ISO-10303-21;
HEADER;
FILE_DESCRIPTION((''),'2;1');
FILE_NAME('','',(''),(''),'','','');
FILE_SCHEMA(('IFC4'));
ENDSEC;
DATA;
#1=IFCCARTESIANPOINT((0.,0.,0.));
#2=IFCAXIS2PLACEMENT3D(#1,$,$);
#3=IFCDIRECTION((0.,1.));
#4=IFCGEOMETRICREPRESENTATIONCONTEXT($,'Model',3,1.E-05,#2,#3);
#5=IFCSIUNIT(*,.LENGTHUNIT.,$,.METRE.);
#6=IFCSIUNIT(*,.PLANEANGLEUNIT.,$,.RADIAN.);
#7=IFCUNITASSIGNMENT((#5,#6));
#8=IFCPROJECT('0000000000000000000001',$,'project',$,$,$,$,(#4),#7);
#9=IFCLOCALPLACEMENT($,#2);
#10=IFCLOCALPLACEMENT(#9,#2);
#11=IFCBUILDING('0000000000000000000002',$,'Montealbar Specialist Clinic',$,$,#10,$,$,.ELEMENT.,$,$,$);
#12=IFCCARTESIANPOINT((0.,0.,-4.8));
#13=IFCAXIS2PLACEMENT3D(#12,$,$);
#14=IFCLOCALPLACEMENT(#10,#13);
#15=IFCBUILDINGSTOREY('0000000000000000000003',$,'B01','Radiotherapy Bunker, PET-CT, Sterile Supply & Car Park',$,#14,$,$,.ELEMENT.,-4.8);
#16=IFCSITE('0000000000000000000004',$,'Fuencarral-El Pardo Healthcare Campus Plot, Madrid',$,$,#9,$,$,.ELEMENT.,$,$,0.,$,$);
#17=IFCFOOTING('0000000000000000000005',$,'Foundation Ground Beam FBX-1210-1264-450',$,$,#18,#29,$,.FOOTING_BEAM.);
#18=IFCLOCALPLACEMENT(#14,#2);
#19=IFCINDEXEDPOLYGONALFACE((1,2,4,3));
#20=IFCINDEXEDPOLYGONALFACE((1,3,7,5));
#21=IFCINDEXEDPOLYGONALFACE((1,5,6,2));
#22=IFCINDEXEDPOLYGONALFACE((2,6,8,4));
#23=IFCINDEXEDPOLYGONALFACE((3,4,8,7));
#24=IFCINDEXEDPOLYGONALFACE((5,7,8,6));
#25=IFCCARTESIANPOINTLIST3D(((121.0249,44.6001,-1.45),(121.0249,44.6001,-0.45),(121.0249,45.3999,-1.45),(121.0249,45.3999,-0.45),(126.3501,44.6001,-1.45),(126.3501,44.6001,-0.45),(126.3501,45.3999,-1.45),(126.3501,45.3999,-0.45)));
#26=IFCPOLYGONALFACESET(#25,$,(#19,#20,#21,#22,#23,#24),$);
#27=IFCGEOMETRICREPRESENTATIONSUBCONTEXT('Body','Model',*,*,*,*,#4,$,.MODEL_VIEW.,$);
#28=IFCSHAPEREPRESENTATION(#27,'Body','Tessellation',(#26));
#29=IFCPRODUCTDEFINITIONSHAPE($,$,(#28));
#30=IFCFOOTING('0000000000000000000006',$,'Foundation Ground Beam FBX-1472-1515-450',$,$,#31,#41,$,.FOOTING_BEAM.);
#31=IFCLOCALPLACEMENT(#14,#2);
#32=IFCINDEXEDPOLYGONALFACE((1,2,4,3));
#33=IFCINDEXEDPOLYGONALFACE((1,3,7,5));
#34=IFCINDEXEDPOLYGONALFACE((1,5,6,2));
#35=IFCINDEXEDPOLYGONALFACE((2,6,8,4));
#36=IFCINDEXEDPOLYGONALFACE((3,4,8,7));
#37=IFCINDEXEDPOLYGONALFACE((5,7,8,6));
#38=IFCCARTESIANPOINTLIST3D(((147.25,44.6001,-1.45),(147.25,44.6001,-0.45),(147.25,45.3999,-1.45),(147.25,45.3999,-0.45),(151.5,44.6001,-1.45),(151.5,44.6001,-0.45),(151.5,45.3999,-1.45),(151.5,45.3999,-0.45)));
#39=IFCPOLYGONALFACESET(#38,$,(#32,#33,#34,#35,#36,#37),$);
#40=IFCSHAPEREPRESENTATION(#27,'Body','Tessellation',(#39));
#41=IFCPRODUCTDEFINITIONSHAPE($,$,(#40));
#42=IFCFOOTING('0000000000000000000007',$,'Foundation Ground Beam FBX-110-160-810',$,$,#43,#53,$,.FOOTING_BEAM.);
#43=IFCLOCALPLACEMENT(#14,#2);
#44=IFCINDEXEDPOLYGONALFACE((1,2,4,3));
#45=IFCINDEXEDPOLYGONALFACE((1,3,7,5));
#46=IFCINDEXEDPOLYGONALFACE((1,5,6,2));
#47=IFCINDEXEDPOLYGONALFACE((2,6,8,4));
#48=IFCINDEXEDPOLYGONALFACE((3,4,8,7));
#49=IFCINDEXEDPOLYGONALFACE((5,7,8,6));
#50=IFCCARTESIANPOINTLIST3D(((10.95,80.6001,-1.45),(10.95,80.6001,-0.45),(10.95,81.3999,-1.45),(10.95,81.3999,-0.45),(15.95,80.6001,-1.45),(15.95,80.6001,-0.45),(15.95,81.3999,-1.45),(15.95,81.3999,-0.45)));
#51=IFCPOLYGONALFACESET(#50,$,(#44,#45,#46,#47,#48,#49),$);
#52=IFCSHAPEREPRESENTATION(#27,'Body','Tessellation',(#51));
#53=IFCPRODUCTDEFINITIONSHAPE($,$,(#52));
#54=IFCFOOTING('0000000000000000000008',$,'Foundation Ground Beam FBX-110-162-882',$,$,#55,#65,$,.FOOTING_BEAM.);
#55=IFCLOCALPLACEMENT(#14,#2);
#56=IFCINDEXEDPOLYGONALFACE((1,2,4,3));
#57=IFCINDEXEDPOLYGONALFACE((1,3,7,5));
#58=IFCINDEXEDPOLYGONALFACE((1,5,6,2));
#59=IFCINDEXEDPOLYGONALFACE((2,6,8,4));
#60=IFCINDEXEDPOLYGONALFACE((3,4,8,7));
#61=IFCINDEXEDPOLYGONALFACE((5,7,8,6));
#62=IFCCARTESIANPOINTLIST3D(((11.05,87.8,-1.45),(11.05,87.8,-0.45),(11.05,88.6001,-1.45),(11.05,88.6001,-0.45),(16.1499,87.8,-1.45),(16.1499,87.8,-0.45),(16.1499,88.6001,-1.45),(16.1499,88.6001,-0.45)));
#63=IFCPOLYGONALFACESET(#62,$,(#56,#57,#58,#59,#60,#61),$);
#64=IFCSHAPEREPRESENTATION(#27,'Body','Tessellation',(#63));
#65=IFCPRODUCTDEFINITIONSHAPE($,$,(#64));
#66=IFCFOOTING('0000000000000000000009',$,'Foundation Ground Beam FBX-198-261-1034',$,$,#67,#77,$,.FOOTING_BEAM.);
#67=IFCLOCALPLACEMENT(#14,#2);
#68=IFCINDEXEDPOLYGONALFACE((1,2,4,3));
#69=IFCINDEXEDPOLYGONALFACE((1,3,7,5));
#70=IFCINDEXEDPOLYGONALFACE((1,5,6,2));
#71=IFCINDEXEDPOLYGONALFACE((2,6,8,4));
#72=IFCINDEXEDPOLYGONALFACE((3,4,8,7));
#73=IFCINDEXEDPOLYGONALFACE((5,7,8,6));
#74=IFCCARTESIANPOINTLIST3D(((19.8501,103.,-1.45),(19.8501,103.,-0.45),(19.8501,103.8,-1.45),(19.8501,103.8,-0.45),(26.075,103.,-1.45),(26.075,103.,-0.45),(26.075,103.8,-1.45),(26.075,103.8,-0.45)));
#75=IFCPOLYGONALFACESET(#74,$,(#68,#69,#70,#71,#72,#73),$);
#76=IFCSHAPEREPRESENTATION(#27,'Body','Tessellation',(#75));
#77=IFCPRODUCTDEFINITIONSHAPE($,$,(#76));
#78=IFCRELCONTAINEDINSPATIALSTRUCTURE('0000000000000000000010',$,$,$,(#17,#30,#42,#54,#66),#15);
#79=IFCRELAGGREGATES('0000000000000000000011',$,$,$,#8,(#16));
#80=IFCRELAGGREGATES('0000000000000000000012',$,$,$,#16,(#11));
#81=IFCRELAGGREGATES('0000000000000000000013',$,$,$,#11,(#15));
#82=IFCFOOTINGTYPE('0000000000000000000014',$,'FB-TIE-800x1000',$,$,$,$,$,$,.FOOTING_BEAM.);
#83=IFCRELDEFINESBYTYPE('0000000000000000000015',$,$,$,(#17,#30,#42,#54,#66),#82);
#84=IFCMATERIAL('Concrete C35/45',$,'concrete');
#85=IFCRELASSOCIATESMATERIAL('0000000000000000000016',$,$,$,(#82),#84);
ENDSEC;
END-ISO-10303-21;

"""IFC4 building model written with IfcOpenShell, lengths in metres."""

from ifc_helpers import new_model, si_unit, direction, frame, origin, place, context, subcontext, project, spatial, polyline, outline, extrude, material, type_object, element, save


model = new_model("IFC4")

# Units and contexts
model_context = context("Model", 3, precision=1e-05, world=origin(), true_north=direction((0.0, 1.0)))
body_context = subcontext(model_context, "Body", "Model", "MODEL_VIEW")
ifc_project = project(units=[si_unit("LENGTHUNIT", "METRE"), si_unit("PLANEANGLEUNIT", "RADIAN")], contexts=[model_context])

# Site, building, storey
site_placement = place(None, origin())
site = spatial("IfcSite", under=ifc_project, at=site_placement, Name="Fuencarral-El Pardo Healthcare Campus Plot, Madrid", CompositionType="ELEMENT", RefElevation=0.0)
building_placement = place(site_placement, origin())
building = spatial("IfcBuilding", under=site, at=building_placement, Name="Montealbar Specialist Clinic", CompositionType="ELEMENT")
storey_placement = place(building_placement, frame((0.0, 0.0, -4.8)))
storey = spatial("IfcBuildingStorey", under=building, at=storey_placement, Name="B01", Description="Radiotherapy Bunker, PET-CT, Sterile Supply & Car Park", CompositionType="ELEMENT", Elevation=-4.8)

# Footings
ifc_material = material(Name="Concrete C35/45", Category="concrete")
footing_type_1 = type_object("IfcFootingType", Name="FB-TIE-800x1000", PredefinedType="FOOTING_BEAM", material=ifc_material)
footing_1_placement = place(storey_placement, frame((0.0, 0.0, -1.45)))
element("IfcFooting", 1, at=footing_1_placement, inside=storey, type_object=footing_type_1, Name="Foundation Ground Beam FBX-1210-1264-450", PredefinedType="FOOTING_BEAM", context=body_context, shape_type="SweptSolid", body=[
    extrude(outline(polyline([(121.0249, 44.6001), (126.3501, 44.6001), (126.3501, 45.3999), (121.0249, 45.3999), (121.0249, 44.6001)])), origin(), (0.0, 0.0, 1.0), 1.0),
])
footing_2_placement = place(storey_placement, frame((0.0, 0.0, -1.45)))
element("IfcFooting", 2, at=footing_2_placement, inside=storey, type_object=footing_type_1, Name="Foundation Ground Beam FBX-1472-1515-450", PredefinedType="FOOTING_BEAM", context=body_context, shape_type="SweptSolid", body=[
    extrude(outline(polyline([(147.25, 44.6001), (151.5, 44.6001), (151.5, 45.3999), (147.25, 45.3999), (147.25, 44.6001)])), origin(), (0.0, 0.0, 1.0), 1.0),
])
footing_3_placement = place(storey_placement, frame((0.0, 0.0, -1.45)))
element("IfcFooting", 3, at=footing_3_placement, inside=storey, type_object=footing_type_1, Name="Foundation Ground Beam FBX-110-160-810", PredefinedType="FOOTING_BEAM", context=body_context, shape_type="SweptSolid", body=[
    extrude(outline(polyline([(10.95, 80.6001), (15.95, 80.6001), (15.95, 81.3999), (10.95, 81.3999), (10.95, 80.6001)])), origin(), (0.0, 0.0, 1.0), 1.0),
])
footing_4_placement = place(storey_placement, frame((0.0, 0.0, -1.45)))
element("IfcFooting", 4, at=footing_4_placement, inside=storey, type_object=footing_type_1, Name="Foundation Ground Beam FBX-110-162-882", PredefinedType="FOOTING_BEAM", context=body_context, shape_type="SweptSolid", body=[
    extrude(outline(polyline([(11.05, 87.8), (16.1499, 87.8), (16.1499, 88.6001), (11.05, 88.6001), (11.05, 87.8)])), origin(), (0.0, 0.0, 1.0), 1.0),
])
footing_5_placement = place(storey_placement, frame((0.0, 0.0, -1.45)))
element("IfcFooting", 5, at=footing_5_placement, inside=storey, type_object=footing_type_1, Name="Foundation Ground Beam FBX-198-261-1034", PredefinedType="FOOTING_BEAM", context=body_context, shape_type="SweptSolid", body=[
    extrude(outline(polyline([(19.8501, 103.0), (26.075, 103.0), (26.075, 103.8), (19.8501, 103.8), (19.8501, 103.0)])), origin(), (0.0, 0.0, 1.0), 1.0),
])

save(model, "model.ifc")
